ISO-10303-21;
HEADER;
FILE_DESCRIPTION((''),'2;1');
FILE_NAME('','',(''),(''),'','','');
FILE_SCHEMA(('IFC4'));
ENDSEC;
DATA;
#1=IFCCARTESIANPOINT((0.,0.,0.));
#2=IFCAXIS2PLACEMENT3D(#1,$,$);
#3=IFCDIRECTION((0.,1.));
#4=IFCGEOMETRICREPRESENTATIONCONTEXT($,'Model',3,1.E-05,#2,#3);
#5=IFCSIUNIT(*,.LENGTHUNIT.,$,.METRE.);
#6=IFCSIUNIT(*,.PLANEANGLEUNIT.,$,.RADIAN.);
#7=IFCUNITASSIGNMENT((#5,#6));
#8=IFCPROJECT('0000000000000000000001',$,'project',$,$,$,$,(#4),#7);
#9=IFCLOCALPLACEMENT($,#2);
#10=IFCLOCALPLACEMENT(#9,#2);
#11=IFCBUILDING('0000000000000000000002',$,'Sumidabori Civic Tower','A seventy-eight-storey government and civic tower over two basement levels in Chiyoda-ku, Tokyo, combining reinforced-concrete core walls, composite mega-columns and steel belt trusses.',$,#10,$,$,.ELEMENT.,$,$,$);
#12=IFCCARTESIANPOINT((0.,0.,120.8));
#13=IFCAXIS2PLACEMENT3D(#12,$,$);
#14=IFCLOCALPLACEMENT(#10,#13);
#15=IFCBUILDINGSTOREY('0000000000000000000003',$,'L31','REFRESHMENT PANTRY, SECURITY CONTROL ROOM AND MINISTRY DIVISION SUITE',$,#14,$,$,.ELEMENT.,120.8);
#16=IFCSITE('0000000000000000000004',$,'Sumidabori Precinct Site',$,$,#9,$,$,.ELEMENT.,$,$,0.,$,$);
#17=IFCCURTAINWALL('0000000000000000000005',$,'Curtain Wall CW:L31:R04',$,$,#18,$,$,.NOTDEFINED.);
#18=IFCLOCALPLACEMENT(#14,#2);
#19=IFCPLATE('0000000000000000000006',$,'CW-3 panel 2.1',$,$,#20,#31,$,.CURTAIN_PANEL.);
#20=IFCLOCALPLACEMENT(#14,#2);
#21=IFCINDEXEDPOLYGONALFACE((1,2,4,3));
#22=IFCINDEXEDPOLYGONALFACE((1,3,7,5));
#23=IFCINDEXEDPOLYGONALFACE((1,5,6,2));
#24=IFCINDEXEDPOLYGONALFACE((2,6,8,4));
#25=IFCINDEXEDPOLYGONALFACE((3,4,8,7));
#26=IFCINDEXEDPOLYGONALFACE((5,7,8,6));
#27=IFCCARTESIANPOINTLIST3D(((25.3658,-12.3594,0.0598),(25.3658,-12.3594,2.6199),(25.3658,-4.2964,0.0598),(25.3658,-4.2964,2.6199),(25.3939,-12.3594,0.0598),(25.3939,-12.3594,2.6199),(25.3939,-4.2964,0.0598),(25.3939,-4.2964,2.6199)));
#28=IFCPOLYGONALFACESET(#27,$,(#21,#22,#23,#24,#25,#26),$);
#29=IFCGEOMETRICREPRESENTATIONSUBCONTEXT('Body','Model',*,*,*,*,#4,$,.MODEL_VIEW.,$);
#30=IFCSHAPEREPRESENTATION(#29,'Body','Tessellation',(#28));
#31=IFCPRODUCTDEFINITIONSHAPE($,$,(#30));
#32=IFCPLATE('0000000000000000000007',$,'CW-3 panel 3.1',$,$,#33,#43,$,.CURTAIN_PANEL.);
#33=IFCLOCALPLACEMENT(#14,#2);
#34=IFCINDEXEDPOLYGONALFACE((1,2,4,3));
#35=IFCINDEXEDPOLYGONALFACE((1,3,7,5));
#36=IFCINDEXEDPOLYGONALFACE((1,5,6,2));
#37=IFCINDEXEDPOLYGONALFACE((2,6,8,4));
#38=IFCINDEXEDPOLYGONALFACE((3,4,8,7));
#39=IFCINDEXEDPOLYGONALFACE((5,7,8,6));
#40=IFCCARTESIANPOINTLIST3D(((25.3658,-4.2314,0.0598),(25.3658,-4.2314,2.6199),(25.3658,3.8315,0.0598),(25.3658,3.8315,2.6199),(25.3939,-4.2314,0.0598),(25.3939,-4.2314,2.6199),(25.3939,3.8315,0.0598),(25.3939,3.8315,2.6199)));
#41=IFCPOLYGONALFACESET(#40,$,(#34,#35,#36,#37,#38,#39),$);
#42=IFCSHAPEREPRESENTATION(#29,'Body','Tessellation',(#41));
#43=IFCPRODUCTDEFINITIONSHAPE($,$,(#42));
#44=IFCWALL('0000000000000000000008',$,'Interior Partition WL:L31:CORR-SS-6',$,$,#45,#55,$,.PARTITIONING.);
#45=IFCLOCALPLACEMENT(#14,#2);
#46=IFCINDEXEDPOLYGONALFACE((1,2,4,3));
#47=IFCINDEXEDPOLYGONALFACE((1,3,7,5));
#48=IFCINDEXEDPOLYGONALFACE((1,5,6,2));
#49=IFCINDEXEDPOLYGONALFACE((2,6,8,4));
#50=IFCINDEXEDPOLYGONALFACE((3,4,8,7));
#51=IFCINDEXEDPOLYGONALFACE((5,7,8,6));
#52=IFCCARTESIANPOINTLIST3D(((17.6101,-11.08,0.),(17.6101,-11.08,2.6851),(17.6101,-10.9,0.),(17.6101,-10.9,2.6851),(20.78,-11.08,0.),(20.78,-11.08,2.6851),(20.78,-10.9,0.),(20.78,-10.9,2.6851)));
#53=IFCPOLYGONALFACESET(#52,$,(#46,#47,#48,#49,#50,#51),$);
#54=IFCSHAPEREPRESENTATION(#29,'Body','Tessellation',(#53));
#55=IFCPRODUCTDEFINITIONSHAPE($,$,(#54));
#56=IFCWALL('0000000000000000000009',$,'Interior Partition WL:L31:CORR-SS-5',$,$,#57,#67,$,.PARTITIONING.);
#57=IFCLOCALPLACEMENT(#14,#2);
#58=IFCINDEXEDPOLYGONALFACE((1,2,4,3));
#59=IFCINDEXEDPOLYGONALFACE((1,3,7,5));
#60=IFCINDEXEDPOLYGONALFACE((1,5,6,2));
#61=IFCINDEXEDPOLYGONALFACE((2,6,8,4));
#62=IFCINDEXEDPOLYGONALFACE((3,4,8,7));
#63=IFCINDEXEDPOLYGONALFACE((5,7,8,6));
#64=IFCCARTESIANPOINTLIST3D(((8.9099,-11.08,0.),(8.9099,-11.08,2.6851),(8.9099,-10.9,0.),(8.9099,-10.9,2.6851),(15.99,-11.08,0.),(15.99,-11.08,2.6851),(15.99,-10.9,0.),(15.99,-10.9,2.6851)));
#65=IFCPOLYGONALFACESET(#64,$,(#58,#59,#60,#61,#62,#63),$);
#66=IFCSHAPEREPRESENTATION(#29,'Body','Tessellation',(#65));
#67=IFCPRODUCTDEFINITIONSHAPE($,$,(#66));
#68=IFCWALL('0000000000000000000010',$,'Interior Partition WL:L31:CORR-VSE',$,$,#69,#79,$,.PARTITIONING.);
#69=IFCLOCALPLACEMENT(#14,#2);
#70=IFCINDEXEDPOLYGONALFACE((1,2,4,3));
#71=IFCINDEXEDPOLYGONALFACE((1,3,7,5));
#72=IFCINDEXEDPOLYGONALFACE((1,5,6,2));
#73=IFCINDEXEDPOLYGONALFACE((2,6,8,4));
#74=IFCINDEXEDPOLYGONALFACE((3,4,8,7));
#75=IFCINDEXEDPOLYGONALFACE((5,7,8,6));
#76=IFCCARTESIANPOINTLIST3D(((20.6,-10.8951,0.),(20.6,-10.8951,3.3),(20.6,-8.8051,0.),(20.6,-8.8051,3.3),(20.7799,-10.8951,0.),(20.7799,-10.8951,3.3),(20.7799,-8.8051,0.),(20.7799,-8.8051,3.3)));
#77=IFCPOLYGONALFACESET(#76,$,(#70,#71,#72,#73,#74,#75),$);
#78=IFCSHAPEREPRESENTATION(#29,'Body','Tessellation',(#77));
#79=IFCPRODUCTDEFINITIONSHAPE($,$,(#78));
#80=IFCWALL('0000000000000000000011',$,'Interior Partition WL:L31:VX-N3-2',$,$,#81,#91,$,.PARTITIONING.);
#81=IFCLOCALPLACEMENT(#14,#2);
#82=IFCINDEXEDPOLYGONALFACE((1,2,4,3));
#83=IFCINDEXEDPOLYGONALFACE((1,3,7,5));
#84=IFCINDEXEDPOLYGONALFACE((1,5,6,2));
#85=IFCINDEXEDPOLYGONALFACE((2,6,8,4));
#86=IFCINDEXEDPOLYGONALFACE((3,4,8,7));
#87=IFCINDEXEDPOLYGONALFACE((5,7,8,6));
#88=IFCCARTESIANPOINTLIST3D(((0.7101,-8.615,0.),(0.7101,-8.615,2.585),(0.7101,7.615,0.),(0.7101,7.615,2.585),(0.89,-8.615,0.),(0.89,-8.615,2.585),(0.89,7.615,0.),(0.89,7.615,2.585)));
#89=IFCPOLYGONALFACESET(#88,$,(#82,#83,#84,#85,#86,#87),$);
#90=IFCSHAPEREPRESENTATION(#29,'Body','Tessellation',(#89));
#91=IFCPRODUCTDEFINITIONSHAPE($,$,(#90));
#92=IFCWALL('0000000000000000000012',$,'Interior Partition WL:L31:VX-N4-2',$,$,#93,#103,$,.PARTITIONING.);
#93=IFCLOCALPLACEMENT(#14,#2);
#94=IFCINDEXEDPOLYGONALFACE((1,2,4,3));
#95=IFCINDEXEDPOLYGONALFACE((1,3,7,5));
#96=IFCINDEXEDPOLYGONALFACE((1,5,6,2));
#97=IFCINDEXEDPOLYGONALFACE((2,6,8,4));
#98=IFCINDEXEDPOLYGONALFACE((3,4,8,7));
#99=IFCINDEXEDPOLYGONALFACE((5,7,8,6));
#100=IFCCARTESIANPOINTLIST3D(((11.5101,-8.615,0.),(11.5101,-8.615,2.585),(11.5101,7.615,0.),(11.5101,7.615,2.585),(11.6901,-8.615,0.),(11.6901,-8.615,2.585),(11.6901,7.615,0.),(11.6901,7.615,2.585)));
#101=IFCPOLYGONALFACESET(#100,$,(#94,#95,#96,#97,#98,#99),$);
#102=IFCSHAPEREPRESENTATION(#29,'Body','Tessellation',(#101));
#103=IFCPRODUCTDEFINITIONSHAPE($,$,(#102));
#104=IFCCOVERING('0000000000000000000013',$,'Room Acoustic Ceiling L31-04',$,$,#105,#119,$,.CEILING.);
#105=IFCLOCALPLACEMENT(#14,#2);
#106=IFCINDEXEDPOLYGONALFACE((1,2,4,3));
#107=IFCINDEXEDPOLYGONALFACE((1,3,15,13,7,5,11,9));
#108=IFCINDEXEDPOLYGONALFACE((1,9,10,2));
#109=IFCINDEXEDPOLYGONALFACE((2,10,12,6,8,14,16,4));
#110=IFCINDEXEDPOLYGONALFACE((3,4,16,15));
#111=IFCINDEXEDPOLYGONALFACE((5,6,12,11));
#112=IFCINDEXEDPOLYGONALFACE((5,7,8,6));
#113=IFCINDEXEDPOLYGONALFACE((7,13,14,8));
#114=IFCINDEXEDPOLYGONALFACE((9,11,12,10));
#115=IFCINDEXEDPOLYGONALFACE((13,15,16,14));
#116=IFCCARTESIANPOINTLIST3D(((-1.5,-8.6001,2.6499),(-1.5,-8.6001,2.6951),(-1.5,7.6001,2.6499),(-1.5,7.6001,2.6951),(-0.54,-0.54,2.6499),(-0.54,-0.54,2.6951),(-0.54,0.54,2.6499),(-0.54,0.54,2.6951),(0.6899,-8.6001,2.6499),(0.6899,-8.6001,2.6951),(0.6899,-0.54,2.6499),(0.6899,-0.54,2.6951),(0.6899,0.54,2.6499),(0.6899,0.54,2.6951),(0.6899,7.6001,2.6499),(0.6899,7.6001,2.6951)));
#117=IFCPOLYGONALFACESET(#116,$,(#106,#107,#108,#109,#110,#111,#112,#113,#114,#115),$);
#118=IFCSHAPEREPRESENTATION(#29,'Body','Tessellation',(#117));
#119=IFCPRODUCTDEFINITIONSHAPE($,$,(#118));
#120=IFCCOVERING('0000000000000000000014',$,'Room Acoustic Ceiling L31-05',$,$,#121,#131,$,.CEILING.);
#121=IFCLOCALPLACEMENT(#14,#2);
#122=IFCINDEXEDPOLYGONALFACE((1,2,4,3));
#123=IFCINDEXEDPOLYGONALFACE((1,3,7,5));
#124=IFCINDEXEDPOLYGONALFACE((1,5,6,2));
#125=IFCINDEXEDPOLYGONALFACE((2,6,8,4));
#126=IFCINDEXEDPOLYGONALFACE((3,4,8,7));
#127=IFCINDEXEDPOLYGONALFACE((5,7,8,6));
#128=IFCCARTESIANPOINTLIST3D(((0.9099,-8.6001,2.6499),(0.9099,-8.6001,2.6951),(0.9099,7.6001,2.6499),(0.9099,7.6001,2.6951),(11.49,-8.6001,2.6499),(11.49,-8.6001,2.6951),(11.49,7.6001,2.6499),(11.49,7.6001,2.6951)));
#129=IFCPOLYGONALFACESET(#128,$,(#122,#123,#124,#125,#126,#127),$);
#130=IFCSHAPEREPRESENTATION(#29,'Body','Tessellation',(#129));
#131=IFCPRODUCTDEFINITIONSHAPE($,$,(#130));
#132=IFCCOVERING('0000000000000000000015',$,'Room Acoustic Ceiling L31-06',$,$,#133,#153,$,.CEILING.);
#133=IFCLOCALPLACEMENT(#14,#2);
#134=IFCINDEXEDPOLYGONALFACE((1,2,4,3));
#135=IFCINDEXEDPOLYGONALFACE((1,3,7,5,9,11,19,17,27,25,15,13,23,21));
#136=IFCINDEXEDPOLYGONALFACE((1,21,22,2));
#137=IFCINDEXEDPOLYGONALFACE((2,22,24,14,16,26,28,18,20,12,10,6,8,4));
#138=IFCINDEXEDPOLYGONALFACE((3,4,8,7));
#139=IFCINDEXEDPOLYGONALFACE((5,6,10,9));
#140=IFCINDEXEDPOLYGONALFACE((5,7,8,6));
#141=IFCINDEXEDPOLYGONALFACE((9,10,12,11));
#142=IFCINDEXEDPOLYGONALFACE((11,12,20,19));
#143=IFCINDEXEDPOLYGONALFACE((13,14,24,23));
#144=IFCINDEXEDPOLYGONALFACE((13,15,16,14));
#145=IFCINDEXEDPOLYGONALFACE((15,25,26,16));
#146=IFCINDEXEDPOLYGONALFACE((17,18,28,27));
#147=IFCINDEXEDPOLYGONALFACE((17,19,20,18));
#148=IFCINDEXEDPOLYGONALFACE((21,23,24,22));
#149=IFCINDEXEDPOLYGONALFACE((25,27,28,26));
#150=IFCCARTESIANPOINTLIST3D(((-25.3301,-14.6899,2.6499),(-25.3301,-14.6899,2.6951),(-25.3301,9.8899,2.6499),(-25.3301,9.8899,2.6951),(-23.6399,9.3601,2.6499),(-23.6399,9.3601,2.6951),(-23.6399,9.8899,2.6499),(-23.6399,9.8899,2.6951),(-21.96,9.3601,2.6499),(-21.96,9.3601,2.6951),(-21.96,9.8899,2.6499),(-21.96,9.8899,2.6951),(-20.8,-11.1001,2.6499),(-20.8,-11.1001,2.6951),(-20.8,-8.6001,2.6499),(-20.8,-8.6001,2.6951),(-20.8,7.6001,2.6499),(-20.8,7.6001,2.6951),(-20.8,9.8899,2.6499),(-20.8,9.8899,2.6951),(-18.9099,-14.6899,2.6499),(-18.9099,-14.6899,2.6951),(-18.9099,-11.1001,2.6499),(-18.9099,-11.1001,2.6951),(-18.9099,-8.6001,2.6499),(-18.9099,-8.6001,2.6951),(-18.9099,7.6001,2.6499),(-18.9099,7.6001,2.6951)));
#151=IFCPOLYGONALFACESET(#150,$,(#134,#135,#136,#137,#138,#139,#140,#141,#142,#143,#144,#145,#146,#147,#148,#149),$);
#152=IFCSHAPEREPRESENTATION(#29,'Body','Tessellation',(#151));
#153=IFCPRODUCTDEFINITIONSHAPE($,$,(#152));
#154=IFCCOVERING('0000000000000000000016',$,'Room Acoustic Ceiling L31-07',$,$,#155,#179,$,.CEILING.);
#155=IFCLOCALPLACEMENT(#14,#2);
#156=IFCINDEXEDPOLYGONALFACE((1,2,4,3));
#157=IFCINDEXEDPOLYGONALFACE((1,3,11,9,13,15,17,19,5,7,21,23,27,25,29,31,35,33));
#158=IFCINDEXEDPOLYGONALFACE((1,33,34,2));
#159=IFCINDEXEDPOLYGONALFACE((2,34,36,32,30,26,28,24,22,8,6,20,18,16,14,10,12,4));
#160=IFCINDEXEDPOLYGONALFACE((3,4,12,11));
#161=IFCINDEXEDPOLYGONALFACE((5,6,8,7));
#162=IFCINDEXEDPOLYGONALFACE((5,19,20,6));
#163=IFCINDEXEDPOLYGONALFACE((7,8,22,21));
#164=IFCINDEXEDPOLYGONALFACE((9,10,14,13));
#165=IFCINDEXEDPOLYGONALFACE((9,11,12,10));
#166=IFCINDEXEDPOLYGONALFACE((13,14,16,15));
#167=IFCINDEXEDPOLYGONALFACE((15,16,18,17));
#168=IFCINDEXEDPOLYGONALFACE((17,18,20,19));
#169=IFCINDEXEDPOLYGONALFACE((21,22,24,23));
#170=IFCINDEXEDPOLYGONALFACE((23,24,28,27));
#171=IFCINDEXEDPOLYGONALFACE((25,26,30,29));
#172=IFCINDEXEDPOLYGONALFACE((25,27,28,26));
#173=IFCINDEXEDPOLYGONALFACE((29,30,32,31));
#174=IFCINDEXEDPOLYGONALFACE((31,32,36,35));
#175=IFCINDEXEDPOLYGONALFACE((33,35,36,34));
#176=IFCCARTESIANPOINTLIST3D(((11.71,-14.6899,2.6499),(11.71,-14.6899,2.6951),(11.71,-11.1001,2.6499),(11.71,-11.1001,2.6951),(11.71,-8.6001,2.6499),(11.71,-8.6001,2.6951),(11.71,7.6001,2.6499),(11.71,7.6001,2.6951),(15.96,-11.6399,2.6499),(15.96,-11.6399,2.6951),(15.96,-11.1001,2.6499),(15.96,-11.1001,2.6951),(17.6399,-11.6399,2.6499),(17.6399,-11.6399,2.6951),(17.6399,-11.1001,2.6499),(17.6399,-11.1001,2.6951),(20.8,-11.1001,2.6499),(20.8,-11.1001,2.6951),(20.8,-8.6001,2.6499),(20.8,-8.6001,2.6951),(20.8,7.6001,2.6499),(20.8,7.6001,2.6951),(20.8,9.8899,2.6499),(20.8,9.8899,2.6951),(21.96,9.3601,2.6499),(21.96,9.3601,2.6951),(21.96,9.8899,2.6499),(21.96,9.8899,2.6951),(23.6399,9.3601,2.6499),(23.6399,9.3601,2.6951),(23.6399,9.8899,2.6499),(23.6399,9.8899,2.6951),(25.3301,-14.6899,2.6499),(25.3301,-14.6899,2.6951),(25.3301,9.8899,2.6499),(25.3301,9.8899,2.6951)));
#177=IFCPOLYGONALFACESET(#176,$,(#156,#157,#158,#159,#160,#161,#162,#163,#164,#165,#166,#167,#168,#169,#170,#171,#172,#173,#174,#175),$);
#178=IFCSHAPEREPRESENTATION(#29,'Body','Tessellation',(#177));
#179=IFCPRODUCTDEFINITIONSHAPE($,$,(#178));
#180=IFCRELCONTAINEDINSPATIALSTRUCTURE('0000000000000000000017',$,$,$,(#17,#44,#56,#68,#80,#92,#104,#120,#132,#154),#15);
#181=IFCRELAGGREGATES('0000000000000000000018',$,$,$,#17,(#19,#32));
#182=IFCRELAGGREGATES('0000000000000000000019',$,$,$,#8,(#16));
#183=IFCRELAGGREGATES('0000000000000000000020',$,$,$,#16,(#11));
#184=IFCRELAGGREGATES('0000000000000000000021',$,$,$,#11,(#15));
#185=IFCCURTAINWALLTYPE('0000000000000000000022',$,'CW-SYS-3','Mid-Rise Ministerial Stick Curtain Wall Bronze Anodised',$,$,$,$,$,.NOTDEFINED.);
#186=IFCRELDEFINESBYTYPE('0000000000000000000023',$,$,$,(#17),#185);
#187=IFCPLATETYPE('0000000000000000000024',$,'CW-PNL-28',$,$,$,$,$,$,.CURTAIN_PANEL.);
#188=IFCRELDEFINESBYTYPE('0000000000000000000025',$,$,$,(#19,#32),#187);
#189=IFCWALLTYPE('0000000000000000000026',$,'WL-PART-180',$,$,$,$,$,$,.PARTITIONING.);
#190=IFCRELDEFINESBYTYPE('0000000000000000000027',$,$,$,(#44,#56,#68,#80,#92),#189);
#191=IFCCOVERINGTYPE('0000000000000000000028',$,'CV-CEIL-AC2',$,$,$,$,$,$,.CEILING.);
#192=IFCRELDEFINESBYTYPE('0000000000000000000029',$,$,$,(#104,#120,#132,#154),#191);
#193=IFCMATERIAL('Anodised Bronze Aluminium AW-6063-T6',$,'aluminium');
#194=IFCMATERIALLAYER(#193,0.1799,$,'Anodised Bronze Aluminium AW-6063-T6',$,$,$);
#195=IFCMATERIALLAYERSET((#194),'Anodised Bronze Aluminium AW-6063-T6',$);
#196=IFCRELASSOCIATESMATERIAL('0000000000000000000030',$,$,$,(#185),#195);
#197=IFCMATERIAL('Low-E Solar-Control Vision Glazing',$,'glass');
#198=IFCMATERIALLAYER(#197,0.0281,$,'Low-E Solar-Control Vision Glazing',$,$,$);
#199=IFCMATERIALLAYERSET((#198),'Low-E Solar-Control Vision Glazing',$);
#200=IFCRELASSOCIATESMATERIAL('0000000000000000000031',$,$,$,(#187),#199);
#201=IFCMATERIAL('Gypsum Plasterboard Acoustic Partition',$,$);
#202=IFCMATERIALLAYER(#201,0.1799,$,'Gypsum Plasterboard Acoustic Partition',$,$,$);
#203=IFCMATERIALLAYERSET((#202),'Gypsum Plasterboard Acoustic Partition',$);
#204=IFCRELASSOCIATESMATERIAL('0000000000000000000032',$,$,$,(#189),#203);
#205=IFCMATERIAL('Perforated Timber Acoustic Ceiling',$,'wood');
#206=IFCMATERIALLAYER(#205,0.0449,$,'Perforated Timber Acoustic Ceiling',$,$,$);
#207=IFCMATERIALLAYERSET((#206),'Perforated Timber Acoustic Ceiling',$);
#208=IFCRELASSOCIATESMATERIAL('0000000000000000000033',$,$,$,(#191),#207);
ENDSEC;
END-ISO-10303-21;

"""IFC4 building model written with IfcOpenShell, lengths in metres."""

from ifc_helpers import new_model, si_unit, direction, frame, frame_2d, origin, origin_2d, place, context, subcontext, project, spatial, polyline, rectangle, outline, extrude, source, transform, mapped, material, layer, layer_set, type_object, element, aggregate, save


model = new_model("IFC4")

# Units and contexts
model_context = context("Model", 3, precision=1e-05, world=origin(), true_north=direction((0.0, 1.0)))
body_context = subcontext(model_context, "Body", "Model", "MODEL_VIEW")
ifc_project = project(units=[si_unit("LENGTHUNIT", "METRE"), si_unit("PLANEANGLEUNIT", "RADIAN")], contexts=[model_context])

# Site, building, storey
site_placement = place(None, origin())
site = spatial("IfcSite", under=ifc_project, at=site_placement, Name="Sumidabori Precinct Site", CompositionType="ELEMENT", RefElevation=0.0)
building_placement = place(site_placement, origin())
building = spatial("IfcBuilding", under=site, at=building_placement, Name="Sumidabori Civic Tower", Description="A seventy-eight-storey government and civic tower over two basement levels in Chiyoda-ku, Tokyo, combining reinforced-concrete core walls, composite mega-columns and steel belt trusses.", CompositionType="ELEMENT")
storey_placement = place(building_placement, frame((0.0, 0.0, 120.8)))
storey = spatial("IfcBuildingStorey", under=building, at=storey_placement, Name="L31", Description="REFRESHMENT PANTRY, SECURITY CONTROL ROOM AND MINISTRY DIVISION SUITE", CompositionType="ELEMENT", Elevation=120.8)

# Curtain wall, plates
ifc_material_1 = material(Name="Anodised Bronze Aluminium AW-6063-T6", Category="aluminium")
ifc_layer_1 = layer(ifc_material_1, 0.1799, Name="Anodised Bronze Aluminium AW-6063-T6")
ifc_layer_set_1 = layer_set([ifc_layer_1], Name="Anodised Bronze Aluminium AW-6063-T6")
curtain_wall_type = type_object("IfcCurtainWallType", Name="CW-SYS-3", Description="Mid-Rise Ministerial Stick Curtain Wall Bronze Anodised", PredefinedType="NOTDEFINED", material=ifc_layer_set_1)
curtain_wall_placement = place(storey_placement, origin())
curtain_wall = element("IfcCurtainWall", 1, at=curtain_wall_placement, inside=storey, type_object=curtain_wall_type, Name="Curtain Wall CW:L31:R04", PredefinedType="NOTDEFINED")
ifc_material_2 = material(Name="Low-E Solar-Control Vision Glazing", Category="glass")
ifc_layer_2 = layer(ifc_material_2, 0.0281, Name="Low-E Solar-Control Vision Glazing")
ifc_layer_set_2 = layer_set([ifc_layer_2], Name="Low-E Solar-Control Vision Glazing")
plate_type = type_object("IfcPlateType", Name="CW-PNL-28", PredefinedType="CURTAIN_PANEL", material=ifc_layer_set_2)
shared_shape_1 = source(origin(), body_context, "Body", "SweptSolid", [
    extrude(rectangle(XDim=8.063, YDim=0.0281, at=origin_2d()), origin(), (0.0, 0.0, 1.0), 2.5601),
])
plate_1_placement = place(storey_placement, frame((25.3799, -8.3279, 0.0598), z_axis=(0.0, 0.0, 1.0), x_axis=(0.0, 1.0, 0.0)))
plate_1 = element("IfcPlate", 2, at=plate_1_placement, type_object=plate_type, Name="CW-3 panel 2.1", PredefinedType="CURTAIN_PANEL", context=body_context, shape_type="MappedRepresentation", body=[
    mapped(shared_shape_1, transform((0.0, 0.0, 0.0), x_axis=(1.0, 0.0, 0.0), y_axis=(0.0, 1.0, 0.0), z_axis=(0.0, 0.0, 1.0), scale=1.0)),
])
plate_2_placement = place(storey_placement, frame((25.3799, -0.2, 0.0598), z_axis=(0.0, 0.0, 1.0), x_axis=(0.0, 1.0, 0.0)))
plate_2 = element("IfcPlate", 3, at=plate_2_placement, type_object=plate_type, Name="CW-3 panel 3.1", PredefinedType="CURTAIN_PANEL", context=body_context, shape_type="MappedRepresentation", body=[
    mapped(shared_shape_1, transform((0.0, 0.0, 0.0), x_axis=(1.0, 0.0, 0.0), y_axis=(0.0, 1.0, 0.0), z_axis=(0.0, 0.0, 1.0), scale=1.0)),
])
aggregate(curtain_wall, [plate_1, plate_2])

# Walls
ifc_material_3 = material(Name="Gypsum Plasterboard Acoustic Partition")
ifc_layer_3 = layer(ifc_material_3, 0.1799, Name="Gypsum Plasterboard Acoustic Partition")
ifc_layer_set_3 = layer_set([ifc_layer_3], Name="Gypsum Plasterboard Acoustic Partition")
wall_type = type_object("IfcWallType", Name="WL-PART-180", PredefinedType="PARTITIONING", material=ifc_layer_set_3)
shared_shape_2 = source(origin(), body_context, "Body", "SweptSolid", [
    extrude(rectangle(XDim=3.1699, YDim=0.1799, at=frame_2d((1.585, 0.0))), origin(), (0.0, 0.0, 1.0), 2.6851),
])
wall_1_placement = place(storey_placement, frame((17.6101, -10.99, 0.0), z_axis=(0.0, 0.0, 1.0), x_axis=(1.0, 0.0, 0.0)))
element("IfcWall", 4, at=wall_1_placement, inside=storey, type_object=wall_type, Name="Interior Partition WL:L31:CORR-SS-6", PredefinedType="PARTITIONING", context=body_context, shape_type="MappedRepresentation", body=[
    mapped(shared_shape_2, transform((0.0, 0.0, 0.0), x_axis=(1.0, 0.0, 0.0), y_axis=(0.0, 1.0, 0.0), z_axis=(0.0, 0.0, 1.0), scale=1.0)),
])
shared_shape_3 = source(origin(), body_context, "Body", "SweptSolid", [
    extrude(rectangle(XDim=7.0801, YDim=0.1799, at=frame_2d((3.54, 0.0))), origin(), (0.0, 0.0, 1.0), 2.6851),
])
wall_2_placement = place(storey_placement, frame((8.9099, -10.99, 0.0), z_axis=(0.0, 0.0, 1.0), x_axis=(1.0, 0.0, 0.0)))
element("IfcWall", 5, at=wall_2_placement, inside=storey, type_object=wall_type, Name="Interior Partition WL:L31:CORR-SS-5", PredefinedType="PARTITIONING", context=body_context, shape_type="MappedRepresentation", body=[
    mapped(shared_shape_3, transform((0.0, 0.0, 0.0), x_axis=(1.0, 0.0, 0.0), y_axis=(0.0, 1.0, 0.0), z_axis=(0.0, 0.0, 1.0), scale=1.0)),
])
shared_shape_4 = source(origin(), body_context, "Body", "SweptSolid", [
    extrude(rectangle(XDim=2.0901, YDim=0.1799, at=frame_2d((1.0449, 0.0))), origin(), (0.0, 0.0, 1.0), 3.3),
])
wall_3_placement = place(storey_placement, frame((20.6899, -10.895, 0.0), z_axis=(0.0, 0.0, 1.0), x_axis=(0.0, 1.0, 0.0)))
element("IfcWall", 6, at=wall_3_placement, inside=storey, type_object=wall_type, Name="Interior Partition WL:L31:CORR-VSE", PredefinedType="PARTITIONING", context=body_context, shape_type="MappedRepresentation", body=[
    mapped(shared_shape_4, transform((0.0, 0.0, 0.0), x_axis=(1.0, 0.0, 0.0), y_axis=(0.0, 1.0, 0.0), z_axis=(0.0, 0.0, 1.0), scale=1.0)),
])
shared_shape_5 = source(origin(), body_context, "Body", "SweptSolid", [
    extrude(rectangle(XDim=16.23, YDim=0.1799, at=frame_2d((8.115, 0.0))), origin(), (0.0, 0.0, 1.0), 2.585),
])
for number, where, z_axis, x_axis, name in (
    (7, (0.8, -8.615, 0.0), (0.0, 0.0, 1.0), (0.0, 1.0, 0.0), "Interior Partition WL:L31:VX-N3-2"),
    (8, (11.6001, -8.615, 0.0), (0.0, 0.0, 1.0), (0.0, 1.0, 0.0), "Interior Partition WL:L31:VX-N4-2"),
):
    element("IfcWall", number, at=place(storey_placement, frame(where, z_axis=z_axis, x_axis=x_axis)), inside=storey, type_object=wall_type, Name=name, PredefinedType="PARTITIONING", context=body_context, shape_type="MappedRepresentation", body=[
        mapped(shared_shape_5, transform((0.0, 0.0, 0.0), x_axis=(1.0, 0.0, 0.0), y_axis=(0.0, 1.0, 0.0), z_axis=(0.0, 0.0, 1.0), scale=1.0)),
    ])

# Coverings
ifc_material_4 = material(Name="Perforated Timber Acoustic Ceiling", Category="wood")
ifc_layer_4 = layer(ifc_material_4, 0.0449, Name="Perforated Timber Acoustic Ceiling")
ifc_layer_set_4 = layer_set([ifc_layer_4], Name="Perforated Timber Acoustic Ceiling")
covering_type_1 = type_object("IfcCoveringType", Name="CV-CEIL-AC2", PredefinedType="CEILING", material=ifc_layer_set_4)
covering_1_placement = place(storey_placement, frame((0.0, 0.0, 2.6499)))
element("IfcCovering", 9, at=covering_1_placement, inside=storey, type_object=covering_type_1, Name="Room Acoustic Ceiling L31-04", PredefinedType="CEILING", context=body_context, shape_type="SweptSolid", body=[
    extrude(outline(polyline([(-1.5, -8.6001), (-1.5, 7.6001), (0.6899, 7.6001), (0.6899, 0.54), (-0.54, 0.54), (-0.54, -0.54), (0.6899, -0.54), (0.6899, -8.6001), (-1.5, -8.6001)])), origin(), (0.0, 0.0, 1.0), 0.0452),
])
covering_2_placement = place(storey_placement, frame((0.0, 0.0, 2.6499)))
element("IfcCovering", 10, at=covering_2_placement, inside=storey, type_object=covering_type_1, Name="Room Acoustic Ceiling L31-05", PredefinedType="CEILING", context=body_context, shape_type="SweptSolid", body=[
    extrude(outline(polyline([(0.9099, -8.6001), (0.9099, 7.6001), (11.49, 7.6001), (11.49, -8.6001), (0.9099, -8.6001)])), origin(), (0.0, 0.0, 1.0), 0.0452),
])
covering_3_placement = place(storey_placement, frame((0.0, 0.0, 2.6499)))
element("IfcCovering", 11, at=covering_3_placement, inside=storey, type_object=covering_type_1, Name="Room Acoustic Ceiling L31-06", PredefinedType="CEILING", context=body_context, shape_type="SweptSolid", body=[
    extrude(outline(polyline([(-25.3301, -14.6899), (-25.3301, 9.8899), (-23.6399, 9.8899), (-23.6399, 9.3601), (-21.96, 9.3601), (-21.96, 9.8899), (-20.8, 9.8899), (-20.8, 7.6001), (-18.9099, 7.6001), (-18.9099, -8.6001), (-20.8, -8.6001), (-20.8, -11.1001), (-18.9099, -11.1001), (-18.9099, -14.6899), (-25.3301, -14.6899)])), origin(), (0.0, 0.0, 1.0), 0.0452),
])
covering_4_placement = place(storey_placement, frame((0.0, 0.0, 2.6499)))
element("IfcCovering", 12, at=covering_4_placement, inside=storey, type_object=covering_type_1, Name="Room Acoustic Ceiling L31-07", PredefinedType="CEILING", context=body_context, shape_type="SweptSolid", body=[
    extrude(outline(polyline([(11.71, -11.1001), (15.96, -11.1001), (15.96, -11.6399), (17.6399, -11.6399), (17.6399, -11.1001), (20.8, -11.1001), (20.8, -8.6001), (11.71, -8.6001), (11.71, 7.6001), (20.8, 7.6001), (20.8, 9.8899), (21.96, 9.8899), (21.96, 9.3601), (23.6399, 9.3601), (23.6399, 9.8899), (25.3301, 9.8899), (25.3301, -14.6899), (11.71, -14.6899), (11.71, -11.1001)])), origin(), (0.0, 0.0, 1.0), 0.0452),
])

save(model, "model.ifc")
